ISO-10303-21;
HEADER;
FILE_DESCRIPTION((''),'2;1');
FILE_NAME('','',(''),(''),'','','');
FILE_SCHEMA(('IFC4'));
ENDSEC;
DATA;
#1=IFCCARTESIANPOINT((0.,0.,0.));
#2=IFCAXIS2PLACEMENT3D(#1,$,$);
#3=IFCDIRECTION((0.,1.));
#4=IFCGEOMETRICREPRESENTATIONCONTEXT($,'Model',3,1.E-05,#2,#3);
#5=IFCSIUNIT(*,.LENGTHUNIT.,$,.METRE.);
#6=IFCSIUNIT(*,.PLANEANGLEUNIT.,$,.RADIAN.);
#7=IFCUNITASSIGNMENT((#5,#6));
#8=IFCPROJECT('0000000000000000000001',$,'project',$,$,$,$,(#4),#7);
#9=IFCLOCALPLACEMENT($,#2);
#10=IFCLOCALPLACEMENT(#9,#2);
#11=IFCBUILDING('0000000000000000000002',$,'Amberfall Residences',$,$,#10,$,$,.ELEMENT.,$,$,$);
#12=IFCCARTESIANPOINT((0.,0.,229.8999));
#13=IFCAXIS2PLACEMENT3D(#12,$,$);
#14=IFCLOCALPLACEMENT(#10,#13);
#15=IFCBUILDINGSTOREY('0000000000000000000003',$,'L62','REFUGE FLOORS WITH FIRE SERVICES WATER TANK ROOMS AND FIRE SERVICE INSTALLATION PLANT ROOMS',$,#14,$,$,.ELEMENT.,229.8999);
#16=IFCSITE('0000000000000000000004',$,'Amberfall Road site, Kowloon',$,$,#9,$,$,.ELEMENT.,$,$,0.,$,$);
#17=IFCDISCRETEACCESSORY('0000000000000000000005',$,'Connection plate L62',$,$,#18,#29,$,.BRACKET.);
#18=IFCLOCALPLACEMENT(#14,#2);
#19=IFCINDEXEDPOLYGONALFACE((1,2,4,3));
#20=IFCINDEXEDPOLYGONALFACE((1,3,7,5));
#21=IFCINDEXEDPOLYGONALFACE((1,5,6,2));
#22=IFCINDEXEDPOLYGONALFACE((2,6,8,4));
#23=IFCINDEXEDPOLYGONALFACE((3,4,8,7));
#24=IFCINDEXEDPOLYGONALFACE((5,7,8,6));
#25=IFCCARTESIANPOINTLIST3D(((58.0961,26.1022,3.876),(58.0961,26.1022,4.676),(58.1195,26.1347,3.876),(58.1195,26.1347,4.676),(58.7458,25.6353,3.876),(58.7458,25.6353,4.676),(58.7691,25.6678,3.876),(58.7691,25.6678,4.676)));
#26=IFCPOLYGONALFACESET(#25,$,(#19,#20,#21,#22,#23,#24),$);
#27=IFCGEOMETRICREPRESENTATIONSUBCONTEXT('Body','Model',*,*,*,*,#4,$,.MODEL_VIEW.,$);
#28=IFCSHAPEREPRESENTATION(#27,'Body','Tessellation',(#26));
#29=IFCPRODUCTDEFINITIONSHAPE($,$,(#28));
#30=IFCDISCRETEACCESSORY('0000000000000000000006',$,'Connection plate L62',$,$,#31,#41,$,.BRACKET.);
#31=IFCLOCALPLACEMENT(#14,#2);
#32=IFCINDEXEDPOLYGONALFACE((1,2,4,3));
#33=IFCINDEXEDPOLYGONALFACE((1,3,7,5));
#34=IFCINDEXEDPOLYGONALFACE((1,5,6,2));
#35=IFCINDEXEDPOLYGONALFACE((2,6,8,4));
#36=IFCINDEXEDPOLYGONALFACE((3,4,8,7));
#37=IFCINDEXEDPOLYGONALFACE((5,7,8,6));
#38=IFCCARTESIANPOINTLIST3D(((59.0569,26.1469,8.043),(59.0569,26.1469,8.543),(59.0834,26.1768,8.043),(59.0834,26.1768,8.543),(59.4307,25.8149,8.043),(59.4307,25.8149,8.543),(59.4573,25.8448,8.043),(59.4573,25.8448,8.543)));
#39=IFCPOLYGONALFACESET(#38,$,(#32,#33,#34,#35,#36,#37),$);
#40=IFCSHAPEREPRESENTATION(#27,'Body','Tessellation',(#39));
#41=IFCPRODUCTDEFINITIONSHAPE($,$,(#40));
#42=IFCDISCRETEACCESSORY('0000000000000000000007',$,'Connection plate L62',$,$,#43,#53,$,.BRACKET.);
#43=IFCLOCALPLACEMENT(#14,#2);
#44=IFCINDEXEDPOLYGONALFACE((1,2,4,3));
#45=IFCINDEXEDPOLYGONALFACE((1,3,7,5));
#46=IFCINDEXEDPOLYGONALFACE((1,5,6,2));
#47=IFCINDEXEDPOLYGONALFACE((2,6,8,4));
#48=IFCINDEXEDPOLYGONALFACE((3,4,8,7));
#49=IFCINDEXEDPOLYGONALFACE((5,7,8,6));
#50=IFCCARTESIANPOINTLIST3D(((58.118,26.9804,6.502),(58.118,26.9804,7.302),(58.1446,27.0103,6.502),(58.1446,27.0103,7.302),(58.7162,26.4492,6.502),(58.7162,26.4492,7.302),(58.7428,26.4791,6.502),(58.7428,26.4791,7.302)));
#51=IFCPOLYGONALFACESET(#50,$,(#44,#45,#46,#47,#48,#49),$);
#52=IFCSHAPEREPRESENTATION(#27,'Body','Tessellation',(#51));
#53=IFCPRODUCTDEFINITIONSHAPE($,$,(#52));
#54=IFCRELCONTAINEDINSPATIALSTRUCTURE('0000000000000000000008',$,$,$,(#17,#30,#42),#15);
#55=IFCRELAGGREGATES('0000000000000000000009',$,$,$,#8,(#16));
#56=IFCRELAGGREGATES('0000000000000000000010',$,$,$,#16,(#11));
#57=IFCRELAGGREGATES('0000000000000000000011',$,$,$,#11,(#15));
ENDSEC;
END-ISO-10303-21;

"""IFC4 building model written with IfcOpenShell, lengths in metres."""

from ifc_helpers import new_model, si_unit, direction, frame, origin, origin_2d, place, context, subcontext, project, spatial, rectangle, extrude, element, save


model = new_model("IFC4")

# Units and contexts
model_context = context("Model", 3, precision=1e-05, world=origin(), true_north=direction((0.0, 1.0)))
body_context = subcontext(model_context, "Body", "Model", "MODEL_VIEW")
ifc_project = project(units=[si_unit("LENGTHUNIT", "METRE"), si_unit("PLANEANGLEUNIT", "RADIAN")], contexts=[model_context])

# Site, building, storey
site_placement = place(None, origin())
site = spatial("IfcSite", under=ifc_project, at=site_placement, Name="Amberfall Road site, Kowloon", CompositionType="ELEMENT", RefElevation=0.0)
building_placement = place(site_placement, origin())
building = spatial("IfcBuilding", under=site, at=building_placement, Name="Amberfall Residences", CompositionType="ELEMENT")
storey_placement = place(building_placement, frame((0.0, 0.0, 229.8999)))
storey = spatial("IfcBuildingStorey", under=building, at=storey_placement, Name="L62", Description="REFUGE FLOORS WITH FIRE SERVICES WATER TANK ROOMS AND FIRE SERVICE INSTALLATION PLANT ROOMS", CompositionType="ELEMENT", Elevation=229.8999)

# Discrete accessories
discrete_accessory_1_placement = place(storey_placement, frame((58.4326, 25.885, 3.876), z_axis=(0.0, 0.0, 1.0), x_axis=(0.812002, -0.583655, 0.0)))
element("IfcDiscreteAccessory", 1, at=discrete_accessory_1_placement, inside=storey, Name="Connection plate L62", PredefinedType="BRACKET", context=body_context, shape_type="SweptSolid", body=[
    extrude(rectangle(XDim=0.8, YDim=0.04, at=origin_2d()), origin(), (0.0, 0.0, 1.0), 0.8),
])
discrete_accessory_2_placement = place(storey_placement, frame((59.2571, 25.9958, 8.043), z_axis=(0.0, 0.0, 1.0), x_axis=(0.74774, -0.663991, 0.0)))
element("IfcDiscreteAccessory", 2, at=discrete_accessory_2_placement, inside=storey, Name="Connection plate L62", PredefinedType="BRACKET", context=body_context, shape_type="SweptSolid", body=[
    extrude(rectangle(XDim=0.5, YDim=0.04, at=origin_2d()), origin(), (0.0, 0.0, 1.0), 0.5),
])
discrete_accessory_3_placement = place(storey_placement, frame((58.4304, 26.7297, 6.502), z_axis=(0.0, 0.0, 1.0), x_axis=(0.74774, -0.663991, 0.0)))
element("IfcDiscreteAccessory", 3, at=discrete_accessory_3_placement, inside=storey, Name="Connection plate L62", PredefinedType="BRACKET", context=body_context, shape_type="SweptSolid", body=[
    extrude(rectangle(XDim=0.8, YDim=0.04, at=origin_2d()), origin(), (0.0, 0.0, 1.0), 0.8),
])

save(model, "model.ifc")
